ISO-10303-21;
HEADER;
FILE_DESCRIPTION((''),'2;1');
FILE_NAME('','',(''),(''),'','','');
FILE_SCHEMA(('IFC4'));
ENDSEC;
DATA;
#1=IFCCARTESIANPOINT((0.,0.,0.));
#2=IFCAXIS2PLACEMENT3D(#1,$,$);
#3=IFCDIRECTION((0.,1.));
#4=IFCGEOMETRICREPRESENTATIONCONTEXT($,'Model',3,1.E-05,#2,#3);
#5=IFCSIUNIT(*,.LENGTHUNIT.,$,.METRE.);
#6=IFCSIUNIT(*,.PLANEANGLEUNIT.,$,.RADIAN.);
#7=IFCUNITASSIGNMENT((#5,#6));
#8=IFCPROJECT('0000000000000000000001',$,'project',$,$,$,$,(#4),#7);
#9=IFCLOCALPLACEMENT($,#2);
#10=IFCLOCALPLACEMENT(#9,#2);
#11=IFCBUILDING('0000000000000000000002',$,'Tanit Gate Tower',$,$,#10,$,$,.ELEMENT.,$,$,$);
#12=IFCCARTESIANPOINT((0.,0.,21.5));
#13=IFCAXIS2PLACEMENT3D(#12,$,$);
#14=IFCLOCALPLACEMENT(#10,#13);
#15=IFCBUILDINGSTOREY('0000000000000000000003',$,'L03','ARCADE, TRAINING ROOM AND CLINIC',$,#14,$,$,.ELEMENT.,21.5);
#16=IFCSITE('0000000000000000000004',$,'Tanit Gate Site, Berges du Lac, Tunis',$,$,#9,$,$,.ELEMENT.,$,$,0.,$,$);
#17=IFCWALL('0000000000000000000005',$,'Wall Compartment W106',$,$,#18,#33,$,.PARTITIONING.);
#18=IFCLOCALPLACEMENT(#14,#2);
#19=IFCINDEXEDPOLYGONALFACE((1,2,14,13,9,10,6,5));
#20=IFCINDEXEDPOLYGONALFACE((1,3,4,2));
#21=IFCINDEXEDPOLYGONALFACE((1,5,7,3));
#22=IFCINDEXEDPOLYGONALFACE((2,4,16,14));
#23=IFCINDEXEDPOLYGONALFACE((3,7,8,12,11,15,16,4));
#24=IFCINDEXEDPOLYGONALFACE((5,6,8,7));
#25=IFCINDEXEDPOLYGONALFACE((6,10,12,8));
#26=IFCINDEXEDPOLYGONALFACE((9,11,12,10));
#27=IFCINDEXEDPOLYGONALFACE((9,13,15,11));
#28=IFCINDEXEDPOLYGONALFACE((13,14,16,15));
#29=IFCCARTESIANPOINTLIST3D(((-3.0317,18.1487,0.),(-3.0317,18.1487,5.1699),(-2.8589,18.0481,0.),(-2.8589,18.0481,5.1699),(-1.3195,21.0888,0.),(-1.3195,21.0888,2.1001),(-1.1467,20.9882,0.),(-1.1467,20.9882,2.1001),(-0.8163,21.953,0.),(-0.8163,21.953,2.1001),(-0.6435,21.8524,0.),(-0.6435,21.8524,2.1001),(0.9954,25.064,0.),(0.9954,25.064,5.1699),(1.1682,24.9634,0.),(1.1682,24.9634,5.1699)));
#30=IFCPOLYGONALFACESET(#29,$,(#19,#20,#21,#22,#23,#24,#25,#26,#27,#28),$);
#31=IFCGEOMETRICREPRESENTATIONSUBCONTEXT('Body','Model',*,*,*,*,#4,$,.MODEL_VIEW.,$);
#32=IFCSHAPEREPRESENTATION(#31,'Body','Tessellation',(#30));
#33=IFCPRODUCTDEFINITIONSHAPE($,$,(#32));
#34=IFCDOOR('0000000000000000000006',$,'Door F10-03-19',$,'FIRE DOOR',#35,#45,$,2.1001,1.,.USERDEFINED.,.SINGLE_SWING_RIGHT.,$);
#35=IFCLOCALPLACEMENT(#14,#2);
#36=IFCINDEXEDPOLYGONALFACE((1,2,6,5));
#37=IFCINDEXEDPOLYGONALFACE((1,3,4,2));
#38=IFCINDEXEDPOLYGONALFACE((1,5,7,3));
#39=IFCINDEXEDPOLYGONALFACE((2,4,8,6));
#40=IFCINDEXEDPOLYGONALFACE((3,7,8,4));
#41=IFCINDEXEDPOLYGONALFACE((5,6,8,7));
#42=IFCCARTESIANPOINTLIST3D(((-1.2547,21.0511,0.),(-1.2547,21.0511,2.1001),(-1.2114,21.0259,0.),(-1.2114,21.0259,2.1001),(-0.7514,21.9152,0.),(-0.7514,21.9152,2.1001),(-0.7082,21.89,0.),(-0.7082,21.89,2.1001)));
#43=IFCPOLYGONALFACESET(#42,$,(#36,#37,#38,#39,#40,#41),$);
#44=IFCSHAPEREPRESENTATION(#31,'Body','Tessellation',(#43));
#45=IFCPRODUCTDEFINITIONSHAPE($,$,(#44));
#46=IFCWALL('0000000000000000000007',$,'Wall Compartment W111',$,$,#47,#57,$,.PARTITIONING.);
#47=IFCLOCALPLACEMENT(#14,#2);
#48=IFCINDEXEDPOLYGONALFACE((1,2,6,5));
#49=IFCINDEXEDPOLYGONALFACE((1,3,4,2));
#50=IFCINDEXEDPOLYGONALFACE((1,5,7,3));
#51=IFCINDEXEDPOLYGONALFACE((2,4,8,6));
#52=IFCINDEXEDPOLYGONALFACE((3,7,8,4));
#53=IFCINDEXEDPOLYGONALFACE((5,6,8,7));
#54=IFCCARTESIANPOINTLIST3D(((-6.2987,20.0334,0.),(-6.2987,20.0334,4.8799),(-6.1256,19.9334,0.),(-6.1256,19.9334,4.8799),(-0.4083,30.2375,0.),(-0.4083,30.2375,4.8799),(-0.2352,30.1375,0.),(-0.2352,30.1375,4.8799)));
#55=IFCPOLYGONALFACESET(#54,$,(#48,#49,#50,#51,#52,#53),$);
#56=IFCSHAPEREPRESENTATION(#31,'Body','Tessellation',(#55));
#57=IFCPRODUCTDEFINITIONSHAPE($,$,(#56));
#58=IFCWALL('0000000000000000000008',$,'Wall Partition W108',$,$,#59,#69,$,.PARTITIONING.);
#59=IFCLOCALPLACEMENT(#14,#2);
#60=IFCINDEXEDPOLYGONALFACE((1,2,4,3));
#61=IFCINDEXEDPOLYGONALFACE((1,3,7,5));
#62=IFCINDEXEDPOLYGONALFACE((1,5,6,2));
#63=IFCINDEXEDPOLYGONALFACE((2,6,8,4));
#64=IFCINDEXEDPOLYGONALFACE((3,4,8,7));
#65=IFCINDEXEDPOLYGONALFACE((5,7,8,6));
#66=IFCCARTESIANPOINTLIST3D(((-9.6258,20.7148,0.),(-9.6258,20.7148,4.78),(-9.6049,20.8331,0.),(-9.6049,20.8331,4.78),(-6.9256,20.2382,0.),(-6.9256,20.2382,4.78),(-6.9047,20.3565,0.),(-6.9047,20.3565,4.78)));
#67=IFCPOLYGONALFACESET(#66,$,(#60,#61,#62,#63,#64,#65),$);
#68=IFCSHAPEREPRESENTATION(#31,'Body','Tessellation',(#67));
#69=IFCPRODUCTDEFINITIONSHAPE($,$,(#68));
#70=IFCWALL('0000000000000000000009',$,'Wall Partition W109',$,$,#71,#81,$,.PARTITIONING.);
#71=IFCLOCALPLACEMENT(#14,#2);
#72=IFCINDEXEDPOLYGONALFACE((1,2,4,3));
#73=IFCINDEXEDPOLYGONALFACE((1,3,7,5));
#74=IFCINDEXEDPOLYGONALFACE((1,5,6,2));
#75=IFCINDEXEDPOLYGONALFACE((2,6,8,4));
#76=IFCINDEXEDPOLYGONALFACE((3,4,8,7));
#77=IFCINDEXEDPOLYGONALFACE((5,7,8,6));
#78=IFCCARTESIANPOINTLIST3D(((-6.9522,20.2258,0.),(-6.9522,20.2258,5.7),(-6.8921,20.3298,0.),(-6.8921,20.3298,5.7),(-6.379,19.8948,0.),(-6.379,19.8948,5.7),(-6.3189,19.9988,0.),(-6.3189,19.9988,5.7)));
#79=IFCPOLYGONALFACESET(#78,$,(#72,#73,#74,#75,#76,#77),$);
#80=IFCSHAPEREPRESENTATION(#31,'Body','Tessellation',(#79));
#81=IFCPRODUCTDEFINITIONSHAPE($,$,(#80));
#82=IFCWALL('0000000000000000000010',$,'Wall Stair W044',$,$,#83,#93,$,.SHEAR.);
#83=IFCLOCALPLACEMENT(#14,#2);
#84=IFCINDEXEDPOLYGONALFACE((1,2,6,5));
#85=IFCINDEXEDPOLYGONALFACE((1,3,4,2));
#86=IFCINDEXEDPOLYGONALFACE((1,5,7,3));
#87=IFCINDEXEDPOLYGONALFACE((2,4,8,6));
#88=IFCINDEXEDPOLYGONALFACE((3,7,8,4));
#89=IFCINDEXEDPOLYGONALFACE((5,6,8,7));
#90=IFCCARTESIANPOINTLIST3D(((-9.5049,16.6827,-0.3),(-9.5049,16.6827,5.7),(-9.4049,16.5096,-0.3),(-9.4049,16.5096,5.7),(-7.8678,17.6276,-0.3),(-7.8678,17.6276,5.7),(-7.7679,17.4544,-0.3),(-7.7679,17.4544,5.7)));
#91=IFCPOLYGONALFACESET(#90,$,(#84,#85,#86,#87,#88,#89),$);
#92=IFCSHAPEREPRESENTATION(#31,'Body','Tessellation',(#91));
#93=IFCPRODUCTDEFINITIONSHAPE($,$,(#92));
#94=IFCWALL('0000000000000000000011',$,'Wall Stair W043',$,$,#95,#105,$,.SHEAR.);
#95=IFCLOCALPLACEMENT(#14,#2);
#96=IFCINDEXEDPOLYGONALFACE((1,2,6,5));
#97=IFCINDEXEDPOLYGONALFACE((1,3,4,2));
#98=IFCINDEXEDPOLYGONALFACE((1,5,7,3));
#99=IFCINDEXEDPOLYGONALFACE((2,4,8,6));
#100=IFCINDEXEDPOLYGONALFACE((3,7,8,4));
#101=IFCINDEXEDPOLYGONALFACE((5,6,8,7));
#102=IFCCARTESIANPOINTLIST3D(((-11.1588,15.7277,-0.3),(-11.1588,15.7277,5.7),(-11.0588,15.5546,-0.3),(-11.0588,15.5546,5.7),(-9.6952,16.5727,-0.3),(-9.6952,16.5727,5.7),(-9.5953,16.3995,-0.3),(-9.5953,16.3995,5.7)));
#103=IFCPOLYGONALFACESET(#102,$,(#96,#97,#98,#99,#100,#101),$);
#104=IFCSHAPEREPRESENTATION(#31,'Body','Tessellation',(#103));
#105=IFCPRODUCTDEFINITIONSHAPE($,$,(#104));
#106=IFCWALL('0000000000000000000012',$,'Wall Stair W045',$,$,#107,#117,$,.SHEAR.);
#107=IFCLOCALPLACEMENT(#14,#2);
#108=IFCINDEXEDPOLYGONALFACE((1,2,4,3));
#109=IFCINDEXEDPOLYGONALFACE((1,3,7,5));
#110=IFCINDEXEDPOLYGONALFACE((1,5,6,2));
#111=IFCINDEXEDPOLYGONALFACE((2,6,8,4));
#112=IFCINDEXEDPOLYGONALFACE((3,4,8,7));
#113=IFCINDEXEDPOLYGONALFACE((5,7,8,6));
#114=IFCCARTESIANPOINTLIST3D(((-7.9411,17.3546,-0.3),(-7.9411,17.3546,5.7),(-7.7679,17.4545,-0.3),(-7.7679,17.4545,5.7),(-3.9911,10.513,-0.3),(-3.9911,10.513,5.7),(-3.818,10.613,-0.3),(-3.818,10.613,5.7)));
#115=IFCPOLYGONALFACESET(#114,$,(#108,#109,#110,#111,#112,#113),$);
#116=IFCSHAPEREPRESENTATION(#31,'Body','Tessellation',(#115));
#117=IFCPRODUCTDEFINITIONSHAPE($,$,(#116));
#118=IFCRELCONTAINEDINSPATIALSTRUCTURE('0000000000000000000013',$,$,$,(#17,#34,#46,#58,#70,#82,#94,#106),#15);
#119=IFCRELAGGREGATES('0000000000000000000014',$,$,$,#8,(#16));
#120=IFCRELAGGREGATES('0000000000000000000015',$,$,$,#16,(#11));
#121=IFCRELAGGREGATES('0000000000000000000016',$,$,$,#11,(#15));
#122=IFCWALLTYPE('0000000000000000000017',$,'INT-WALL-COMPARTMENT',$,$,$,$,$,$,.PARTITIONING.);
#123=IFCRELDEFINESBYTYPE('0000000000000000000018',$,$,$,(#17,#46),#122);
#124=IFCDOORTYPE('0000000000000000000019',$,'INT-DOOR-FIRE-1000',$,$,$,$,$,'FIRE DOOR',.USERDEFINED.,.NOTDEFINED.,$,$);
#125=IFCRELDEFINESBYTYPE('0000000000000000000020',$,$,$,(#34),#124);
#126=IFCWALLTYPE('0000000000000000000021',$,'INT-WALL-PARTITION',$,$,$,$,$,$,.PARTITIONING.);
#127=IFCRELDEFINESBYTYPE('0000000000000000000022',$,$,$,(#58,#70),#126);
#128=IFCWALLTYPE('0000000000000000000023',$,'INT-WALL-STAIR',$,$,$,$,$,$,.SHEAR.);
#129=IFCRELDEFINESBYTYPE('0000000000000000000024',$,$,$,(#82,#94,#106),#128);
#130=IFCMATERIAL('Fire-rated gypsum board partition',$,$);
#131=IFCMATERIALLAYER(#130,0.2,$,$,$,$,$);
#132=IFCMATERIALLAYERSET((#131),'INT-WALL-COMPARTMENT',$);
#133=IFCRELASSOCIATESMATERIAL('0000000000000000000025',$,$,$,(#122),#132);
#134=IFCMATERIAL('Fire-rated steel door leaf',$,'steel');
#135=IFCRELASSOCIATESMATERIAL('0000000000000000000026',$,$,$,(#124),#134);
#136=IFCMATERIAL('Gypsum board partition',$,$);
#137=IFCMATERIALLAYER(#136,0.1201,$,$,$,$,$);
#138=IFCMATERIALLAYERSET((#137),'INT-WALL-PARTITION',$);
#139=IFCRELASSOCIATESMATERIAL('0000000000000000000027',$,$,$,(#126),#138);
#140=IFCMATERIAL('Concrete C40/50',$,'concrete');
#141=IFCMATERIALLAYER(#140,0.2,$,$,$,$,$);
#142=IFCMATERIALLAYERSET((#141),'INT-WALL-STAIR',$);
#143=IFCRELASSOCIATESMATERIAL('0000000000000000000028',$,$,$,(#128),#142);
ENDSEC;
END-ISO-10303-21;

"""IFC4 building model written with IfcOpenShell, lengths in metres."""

from ifc_helpers import new_model, si_unit, direction, frame, frame_2d, origin, place, context, subcontext, project, spatial, rectangle, extrude, material, layer, layer_set, type_object, element, fill, save


model = new_model("IFC4")

# Units and contexts
model_context = context("Model", 3, precision=1e-05, world=origin(), true_north=direction((0.0, 1.0)))
body_context = subcontext(model_context, "Body", "Model", "MODEL_VIEW")
ifc_project = project(units=[si_unit("LENGTHUNIT", "METRE"), si_unit("PLANEANGLEUNIT", "RADIAN")], contexts=[model_context])

# Site, building, storey
site_placement = place(None, origin())
site = spatial("IfcSite", under=ifc_project, at=site_placement, Name="Tanit Gate Site, Berges du Lac, Tunis", CompositionType="ELEMENT", RefElevation=0.0)
building_placement = place(site_placement, origin())
building = spatial("IfcBuilding", under=site, at=building_placement, Name="Tanit Gate Tower", CompositionType="ELEMENT")
storey_placement = place(building_placement, frame((0.0, 0.0, 21.5)))
storey = spatial("IfcBuildingStorey", under=building, at=storey_placement, Name="L03", Description="ARCADE, TRAINING ROOM AND CLINIC", CompositionType="ELEMENT", Elevation=21.5)

# Shared definitions
ifc_material_1 = material(Name="Fire-rated gypsum board partition")
ifc_layer_1 = layer(ifc_material_1, 0.2)
ifc_layer_set_1 = layer_set([ifc_layer_1], Name="INT-WALL-COMPARTMENT")
wall_type_1 = type_object("IfcWallType", Name="INT-WALL-COMPARTMENT", PredefinedType="PARTITIONING", material=ifc_layer_set_1)

# Wall, opening, door
wall_1_placement = place(storey_placement, frame((-2.9453, 18.0984, 0.0), z_axis=(0.0, 0.0, 1.0), x_axis=(0.503235, 0.864149, 0.0)))
wall_1 = element("IfcWall", 1, at=wall_1_placement, inside=storey, type_object=wall_type_1, Name="Wall Compartment W106", PredefinedType="PARTITIONING", context=body_context, shape_type="SweptSolid", body=[
    extrude(rectangle(XDim=8.0024, YDim=0.2, at=frame_2d((4.0012, 0.0))), origin(), (0.0, 0.0, 1.0), 5.1699),
])
opening_1_placement = place(wall_1_placement, frame((3.4023, 0.0, 0.0)))
opening_1 = element("IfcOpeningElement", 2, at=opening_1_placement, cuts=wall_1, PredefinedType="OPENING", context=body_context, shape_type="SweptSolid", body=[
    extrude(rectangle(XDim=1.0, YDim=2.1001, at=frame_2d((0.5, 1.05))), frame((0.0, 0.1099, 0.0), z_axis=(0.0, -1.0, 0.0), x_axis=(1.0, 0.0, 0.0)), (0.0, 0.0, 1.0), 0.22),
])
ifc_material_2 = material(Name="Fire-rated steel door leaf", Category="steel")
door_type_1 = type_object("IfcDoorType", Name="INT-DOOR-FIRE-1000", ElementType="FIRE DOOR", OperationType="NOTDEFINED", PredefinedType="USERDEFINED", material=ifc_material_2)
door_1_placement = place(opening_1_placement, origin())
door_1 = element("IfcDoor", 3, at=door_1_placement, inside=storey, type_object=door_type_1, Name="Door F10-03-19", ObjectType="FIRE DOOR", OperationType="SINGLE_SWING_RIGHT", OverallHeight=2.1001, OverallWidth=1.0, PredefinedType="USERDEFINED", context=body_context, shape_type="SweptSolid", body=[
    extrude(rectangle(XDim=1.0, YDim=2.1001, at=frame_2d((0.5, 1.05))), frame((0.0, 0.0249, 0.0), z_axis=(0.0, -1.0, 0.0), x_axis=(1.0, 0.0, 0.0)), (0.0, 0.0, 1.0), 0.05),
])
fill(opening_1, door_1)

# Walls
wall_2_placement = place(storey_placement, frame((-6.2122, 19.9834, 0.0), z_axis=(0.0, 0.0, 1.0), x_axis=(0.499939, 0.866061, 0.0)))
element("IfcWall", 4, at=wall_2_placement, inside=storey, type_object=wall_type_1, Name="Wall Compartment W111", PredefinedType="PARTITIONING", context=body_context, shape_type="SweptSolid", body=[
    extrude(rectangle(XDim=11.7822, YDim=0.2, at=frame_2d((5.8911, 0.0))), origin(), (0.0, 0.0, 1.0), 4.8799),
])
ifc_material_3 = material(Name="Gypsum board partition")
ifc_layer_2 = layer(ifc_material_3, 0.1201)
ifc_layer_set_2 = layer_set([ifc_layer_2], Name="INT-WALL-PARTITION")
wall_type_2 = type_object("IfcWallType", Name="INT-WALL-PARTITION", PredefinedType="PARTITIONING", material=ifc_layer_set_2)
wall_3_placement = place(storey_placement, frame((-6.915, 20.2974, 0.0), z_axis=(0.0, 0.0, 1.0), x_axis=(-0.98478, 0.173806, 0.0)))
element("IfcWall", 5, at=wall_3_placement, inside=storey, type_object=wall_type_2, Name="Wall Partition W108", PredefinedType="PARTITIONING", context=body_context, shape_type="SweptSolid", body=[
    extrude(rectangle(XDim=2.7419, YDim=0.1201, at=frame_2d((1.3711, 0.0))), origin(), (0.0, 0.0, 1.0), 4.78),
])
wall_4_placement = place(storey_placement, frame((-6.3489, 19.9468, 0.0), z_axis=(0.0, 0.0, 1.0), x_axis=(-0.865964, 0.500106, 0.0)))
element("IfcWall", 6, at=wall_4_placement, inside=storey, type_object=wall_type_2, Name="Wall Partition W109", PredefinedType="PARTITIONING", context=body_context, shape_type="SweptSolid", body=[
    extrude(rectangle(XDim=0.6619, YDim=0.1201, at=frame_2d((0.3311, 0.0))), origin(), (0.0, 0.0, 1.0), 5.7),
])
ifc_material_4 = material(Name="Concrete C40/50", Category="concrete")
ifc_layer_3 = layer(ifc_material_4, 0.2)
ifc_layer_set_3 = layer_set([ifc_layer_3], Name="INT-WALL-STAIR")
wall_type_3 = type_object("IfcWallType", Name="INT-WALL-STAIR", PredefinedType="SHEAR", material=ifc_layer_set_3)
wall_5_placement = place(storey_placement, frame((-7.8179, 17.541, -0.3), z_axis=(0.0, 0.0, 1.0), x_axis=(-0.866089, -0.49989, 0.0)))
element("IfcWall", 7, at=wall_5_placement, inside=storey, type_object=wall_type_3, Name="Wall Stair W044", PredefinedType="SHEAR", context=body_context, shape_type="SweptSolid", body=[
    extrude(rectangle(XDim=1.8901, YDim=0.2, at=frame_2d((0.9451, 0.0))), origin(), (0.0, 0.0, 1.0), 6.0),
])
wall_6_placement = place(storey_placement, frame((-9.6453, 16.4861, -0.3), z_axis=(0.0, 0.0, 1.0), x_axis=(-0.866039, -0.499977, 0.0)))
element("IfcWall", 8, at=wall_6_placement, inside=storey, type_object=wall_type_3, Name="Wall Stair W043", PredefinedType="SHEAR", context=body_context, shape_type="SweptSolid", body=[
    extrude(rectangle(XDim=1.6899, YDim=0.2, at=frame_2d((0.845, 0.0))), origin(), (0.0, 0.0, 1.0), 6.0),
])
wall_7_placement = place(storey_placement, frame((-7.8545, 17.4045, -0.3), z_axis=(0.0, 0.0, 1.0), x_axis=(0.499998, -0.866027, 0.0)))
element("IfcWall", 9, at=wall_7_placement, inside=storey, type_object=wall_type_3, Name="Wall Stair W045", PredefinedType="SHEAR", context=body_context, shape_type="SweptSolid", body=[
    extrude(rectangle(XDim=7.8999, YDim=0.2, at=frame_2d((3.95, 0.0))), origin(), (0.0, 0.0, 1.0), 6.0),
])

save(model, "model.ifc")
